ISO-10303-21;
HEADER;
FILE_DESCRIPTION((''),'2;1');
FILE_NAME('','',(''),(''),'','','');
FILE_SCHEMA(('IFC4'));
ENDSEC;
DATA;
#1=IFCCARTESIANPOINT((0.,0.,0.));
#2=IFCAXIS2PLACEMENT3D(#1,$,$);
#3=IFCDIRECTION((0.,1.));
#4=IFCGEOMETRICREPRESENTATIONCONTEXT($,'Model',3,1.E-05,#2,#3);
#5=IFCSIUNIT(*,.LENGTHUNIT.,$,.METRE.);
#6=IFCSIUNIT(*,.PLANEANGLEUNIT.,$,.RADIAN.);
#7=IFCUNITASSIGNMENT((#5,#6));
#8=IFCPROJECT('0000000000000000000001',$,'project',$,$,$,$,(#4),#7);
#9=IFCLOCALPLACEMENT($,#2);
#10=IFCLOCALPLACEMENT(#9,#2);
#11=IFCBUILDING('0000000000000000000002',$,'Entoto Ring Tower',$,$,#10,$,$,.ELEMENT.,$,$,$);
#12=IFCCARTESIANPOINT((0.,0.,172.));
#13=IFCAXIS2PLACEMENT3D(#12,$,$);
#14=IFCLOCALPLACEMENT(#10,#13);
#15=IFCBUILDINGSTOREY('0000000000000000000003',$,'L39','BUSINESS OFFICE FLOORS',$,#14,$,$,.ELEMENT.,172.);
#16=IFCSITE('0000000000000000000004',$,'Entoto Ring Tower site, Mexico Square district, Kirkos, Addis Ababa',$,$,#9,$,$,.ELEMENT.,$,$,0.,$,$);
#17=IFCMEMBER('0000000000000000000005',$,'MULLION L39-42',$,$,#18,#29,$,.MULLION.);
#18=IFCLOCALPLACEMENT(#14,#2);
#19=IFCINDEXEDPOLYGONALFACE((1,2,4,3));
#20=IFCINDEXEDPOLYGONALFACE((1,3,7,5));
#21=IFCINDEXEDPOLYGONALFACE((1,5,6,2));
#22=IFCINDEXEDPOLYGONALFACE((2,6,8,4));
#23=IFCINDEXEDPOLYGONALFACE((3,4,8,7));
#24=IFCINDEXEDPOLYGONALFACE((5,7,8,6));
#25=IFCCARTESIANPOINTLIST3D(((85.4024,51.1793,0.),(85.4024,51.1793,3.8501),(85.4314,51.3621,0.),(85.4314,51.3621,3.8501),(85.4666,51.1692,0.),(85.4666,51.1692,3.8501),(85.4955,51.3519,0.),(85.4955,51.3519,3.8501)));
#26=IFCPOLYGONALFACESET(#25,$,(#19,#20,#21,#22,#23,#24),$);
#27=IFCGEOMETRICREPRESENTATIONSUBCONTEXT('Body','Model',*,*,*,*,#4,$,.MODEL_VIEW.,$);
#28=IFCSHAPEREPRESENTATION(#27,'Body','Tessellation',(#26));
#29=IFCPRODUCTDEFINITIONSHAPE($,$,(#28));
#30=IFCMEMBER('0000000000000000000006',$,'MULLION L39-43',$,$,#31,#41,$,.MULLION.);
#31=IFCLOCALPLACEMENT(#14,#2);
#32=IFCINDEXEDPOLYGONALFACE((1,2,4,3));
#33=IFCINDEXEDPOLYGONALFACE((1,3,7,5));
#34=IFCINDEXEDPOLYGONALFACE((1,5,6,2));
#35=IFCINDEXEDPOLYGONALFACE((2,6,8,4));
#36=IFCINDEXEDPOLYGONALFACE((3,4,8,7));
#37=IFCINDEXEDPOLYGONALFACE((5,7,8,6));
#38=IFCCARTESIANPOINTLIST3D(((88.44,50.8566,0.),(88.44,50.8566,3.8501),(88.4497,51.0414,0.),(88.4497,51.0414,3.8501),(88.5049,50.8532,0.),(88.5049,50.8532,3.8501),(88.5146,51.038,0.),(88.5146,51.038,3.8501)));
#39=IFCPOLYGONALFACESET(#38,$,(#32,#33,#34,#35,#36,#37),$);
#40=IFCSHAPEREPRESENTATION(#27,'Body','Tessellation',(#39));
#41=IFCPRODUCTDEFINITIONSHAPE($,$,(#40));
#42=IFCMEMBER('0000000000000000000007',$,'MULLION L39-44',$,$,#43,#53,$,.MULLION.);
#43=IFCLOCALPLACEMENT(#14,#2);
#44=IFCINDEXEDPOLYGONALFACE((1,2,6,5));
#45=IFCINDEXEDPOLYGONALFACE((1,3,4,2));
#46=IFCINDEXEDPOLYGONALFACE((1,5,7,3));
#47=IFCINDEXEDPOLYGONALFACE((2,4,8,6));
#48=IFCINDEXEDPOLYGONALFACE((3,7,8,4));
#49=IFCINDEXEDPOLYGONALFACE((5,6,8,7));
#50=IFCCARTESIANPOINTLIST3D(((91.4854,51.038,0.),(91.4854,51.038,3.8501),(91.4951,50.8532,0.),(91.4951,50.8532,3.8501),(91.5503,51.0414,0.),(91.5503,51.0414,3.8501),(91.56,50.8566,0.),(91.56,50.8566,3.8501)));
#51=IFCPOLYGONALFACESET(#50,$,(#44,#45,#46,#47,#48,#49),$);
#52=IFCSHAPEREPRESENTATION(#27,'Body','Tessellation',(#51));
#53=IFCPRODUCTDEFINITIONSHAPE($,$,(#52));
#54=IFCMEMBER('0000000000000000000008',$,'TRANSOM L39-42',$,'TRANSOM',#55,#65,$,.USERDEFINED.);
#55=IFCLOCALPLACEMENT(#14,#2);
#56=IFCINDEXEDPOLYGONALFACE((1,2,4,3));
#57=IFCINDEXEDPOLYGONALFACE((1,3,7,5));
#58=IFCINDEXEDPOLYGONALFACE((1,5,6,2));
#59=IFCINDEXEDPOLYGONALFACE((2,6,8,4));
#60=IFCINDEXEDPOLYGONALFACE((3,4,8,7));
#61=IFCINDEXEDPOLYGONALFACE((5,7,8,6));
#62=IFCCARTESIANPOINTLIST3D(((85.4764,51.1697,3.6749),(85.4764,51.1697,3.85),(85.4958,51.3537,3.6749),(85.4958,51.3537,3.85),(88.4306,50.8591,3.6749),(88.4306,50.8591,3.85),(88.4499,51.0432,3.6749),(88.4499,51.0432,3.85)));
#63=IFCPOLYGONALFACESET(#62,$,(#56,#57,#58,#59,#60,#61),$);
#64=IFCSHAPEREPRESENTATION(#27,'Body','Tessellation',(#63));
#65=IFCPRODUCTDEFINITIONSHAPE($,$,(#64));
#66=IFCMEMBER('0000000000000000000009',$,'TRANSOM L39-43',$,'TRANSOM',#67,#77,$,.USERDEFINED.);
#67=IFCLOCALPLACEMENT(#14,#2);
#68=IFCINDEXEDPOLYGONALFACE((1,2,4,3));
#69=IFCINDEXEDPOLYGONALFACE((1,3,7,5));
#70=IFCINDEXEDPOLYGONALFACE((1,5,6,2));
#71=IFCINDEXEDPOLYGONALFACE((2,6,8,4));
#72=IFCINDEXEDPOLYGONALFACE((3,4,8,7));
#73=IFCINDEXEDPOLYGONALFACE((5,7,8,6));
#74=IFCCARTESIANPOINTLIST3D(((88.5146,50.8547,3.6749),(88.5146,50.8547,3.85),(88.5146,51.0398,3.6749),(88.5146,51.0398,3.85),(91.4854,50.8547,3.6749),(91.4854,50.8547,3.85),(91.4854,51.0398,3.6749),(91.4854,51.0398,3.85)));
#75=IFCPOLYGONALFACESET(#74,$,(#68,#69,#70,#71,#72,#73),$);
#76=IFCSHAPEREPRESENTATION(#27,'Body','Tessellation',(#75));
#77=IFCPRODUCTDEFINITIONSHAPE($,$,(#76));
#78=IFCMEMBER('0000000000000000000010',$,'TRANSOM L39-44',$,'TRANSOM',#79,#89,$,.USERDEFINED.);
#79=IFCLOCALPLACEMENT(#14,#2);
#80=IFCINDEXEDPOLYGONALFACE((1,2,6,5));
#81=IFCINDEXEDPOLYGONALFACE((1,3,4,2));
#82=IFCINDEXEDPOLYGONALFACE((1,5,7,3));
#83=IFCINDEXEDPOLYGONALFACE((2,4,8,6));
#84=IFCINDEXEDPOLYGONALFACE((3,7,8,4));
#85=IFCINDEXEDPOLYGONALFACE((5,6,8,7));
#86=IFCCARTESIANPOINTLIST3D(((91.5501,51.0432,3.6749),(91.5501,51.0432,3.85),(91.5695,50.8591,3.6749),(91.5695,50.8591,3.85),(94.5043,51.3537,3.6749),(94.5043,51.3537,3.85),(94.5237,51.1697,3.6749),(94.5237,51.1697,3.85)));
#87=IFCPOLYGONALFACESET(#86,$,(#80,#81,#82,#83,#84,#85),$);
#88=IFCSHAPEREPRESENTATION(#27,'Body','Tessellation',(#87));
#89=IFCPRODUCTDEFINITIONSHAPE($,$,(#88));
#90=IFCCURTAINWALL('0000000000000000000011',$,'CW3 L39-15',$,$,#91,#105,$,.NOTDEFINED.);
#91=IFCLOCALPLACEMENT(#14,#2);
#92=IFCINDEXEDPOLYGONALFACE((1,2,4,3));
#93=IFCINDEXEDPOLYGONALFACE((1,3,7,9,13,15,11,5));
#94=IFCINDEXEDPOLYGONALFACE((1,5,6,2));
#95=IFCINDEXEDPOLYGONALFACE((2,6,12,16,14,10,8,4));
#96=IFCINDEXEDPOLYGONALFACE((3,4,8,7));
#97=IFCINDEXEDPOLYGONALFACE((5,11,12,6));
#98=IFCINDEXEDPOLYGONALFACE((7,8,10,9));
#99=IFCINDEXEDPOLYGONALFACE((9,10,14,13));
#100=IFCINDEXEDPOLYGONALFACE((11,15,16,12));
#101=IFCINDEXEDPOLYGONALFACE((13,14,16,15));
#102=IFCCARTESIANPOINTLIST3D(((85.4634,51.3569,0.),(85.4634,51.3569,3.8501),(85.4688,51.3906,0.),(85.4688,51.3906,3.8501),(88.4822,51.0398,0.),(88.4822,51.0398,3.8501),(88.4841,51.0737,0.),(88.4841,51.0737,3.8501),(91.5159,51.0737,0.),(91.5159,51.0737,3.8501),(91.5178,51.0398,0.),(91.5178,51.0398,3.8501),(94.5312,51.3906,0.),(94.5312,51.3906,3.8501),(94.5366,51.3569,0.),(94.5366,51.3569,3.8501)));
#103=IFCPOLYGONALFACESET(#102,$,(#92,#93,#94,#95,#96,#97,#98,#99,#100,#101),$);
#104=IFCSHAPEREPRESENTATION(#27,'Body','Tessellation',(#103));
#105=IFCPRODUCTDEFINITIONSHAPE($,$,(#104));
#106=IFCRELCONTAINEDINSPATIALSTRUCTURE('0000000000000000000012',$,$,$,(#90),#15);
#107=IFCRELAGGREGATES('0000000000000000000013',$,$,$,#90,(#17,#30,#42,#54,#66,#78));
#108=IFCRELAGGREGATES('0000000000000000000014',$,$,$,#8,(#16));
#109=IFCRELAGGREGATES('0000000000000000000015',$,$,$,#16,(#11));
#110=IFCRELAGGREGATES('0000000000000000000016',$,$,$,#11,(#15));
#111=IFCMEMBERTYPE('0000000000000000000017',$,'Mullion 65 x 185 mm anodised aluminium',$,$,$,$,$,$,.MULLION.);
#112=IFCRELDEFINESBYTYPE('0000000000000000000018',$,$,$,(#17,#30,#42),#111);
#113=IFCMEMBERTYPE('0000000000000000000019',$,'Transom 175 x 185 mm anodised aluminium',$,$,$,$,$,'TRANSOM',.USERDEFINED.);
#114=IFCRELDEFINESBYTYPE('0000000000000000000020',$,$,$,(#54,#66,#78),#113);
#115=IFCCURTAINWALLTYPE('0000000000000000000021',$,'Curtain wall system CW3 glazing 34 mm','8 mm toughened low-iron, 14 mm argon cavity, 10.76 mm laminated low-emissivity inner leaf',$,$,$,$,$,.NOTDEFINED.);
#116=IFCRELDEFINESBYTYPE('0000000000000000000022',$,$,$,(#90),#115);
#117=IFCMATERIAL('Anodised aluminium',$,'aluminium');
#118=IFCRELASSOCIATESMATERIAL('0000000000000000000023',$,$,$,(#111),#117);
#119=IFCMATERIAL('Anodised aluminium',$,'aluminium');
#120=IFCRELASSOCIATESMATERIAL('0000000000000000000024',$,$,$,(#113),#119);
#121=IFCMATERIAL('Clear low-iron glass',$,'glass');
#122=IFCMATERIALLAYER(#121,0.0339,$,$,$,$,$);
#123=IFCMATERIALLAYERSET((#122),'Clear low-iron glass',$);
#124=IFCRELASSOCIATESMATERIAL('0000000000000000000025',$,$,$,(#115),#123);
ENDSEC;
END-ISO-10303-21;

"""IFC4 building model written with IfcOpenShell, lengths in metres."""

from ifc_helpers import new_model, si_unit, direction, frame, origin, origin_2d, place, context, subcontext, project, spatial, polyline, rectangle, outline, extrude, material, layer, layer_set, material_profile, profile_set, type_object, element, aggregate, save


model = new_model("IFC4")

# Units and contexts
model_context = context("Model", 3, precision=1e-05, world=origin(), true_north=direction((0.0, 1.0)))
body_context = subcontext(model_context, "Body", "Model", "MODEL_VIEW")
ifc_project = project(units=[si_unit("LENGTHUNIT", "METRE"), si_unit("PLANEANGLEUNIT", "RADIAN")], contexts=[model_context])

# Members
ifc_material_1 = material(Name="Anodised aluminium", Category="aluminium")
ifc_material_profile_1 = material_profile(ifc_material_1, rectangle(XDim=0.0649, YDim=0.1851, at=origin_2d()), Name="Mullion 65 x 185 mm anodised aluminium")
ifc_profile_set_1 = profile_set([ifc_material_profile_1], Name="Anodised aluminium")
member_type_1 = type_object("IfcMemberType", Name="Mullion 65 x 185 mm anodised aluminium", PredefinedType="MULLION", material=ifc_profile_set_1)
site_placement = place(None, origin())
building_placement = place(site_placement, origin())
storey_placement = place(building_placement, frame((0.0, 0.0, 172.0)))
member_1_placement = place(storey_placement, frame((85.449, 51.2656, 0.0), z_axis=(0.0, 0.0, 1.0), x_axis=(0.987688, -0.156434, 0.0)))
member_1 = element("IfcMember", 1, at=member_1_placement, type_object=member_type_1, Name="MULLION L39-42", PredefinedType="MULLION", context=body_context, shape_type="SweptSolid", body=[
    extrude(rectangle(XDim=0.0649, YDim=0.1851, at=origin_2d()), origin(), (0.0, 0.0, 1.0), 3.8501),
])
member_2_placement = place(storey_placement, frame((88.4773, 50.9473, 0.0), z_axis=(0.0, 0.0, 1.0), x_axis=(0.99863, -0.052336, 0.0)))
member_2 = element("IfcMember", 2, at=member_2_placement, type_object=member_type_1, Name="MULLION L39-43", PredefinedType="MULLION", context=body_context, shape_type="SweptSolid", body=[
    extrude(rectangle(XDim=0.0649, YDim=0.1851, at=origin_2d()), origin(), (0.0, 0.0, 1.0), 3.8501),
])
member_3_placement = place(storey_placement, frame((91.5227, 50.9473, 0.0), z_axis=(0.0, 0.0, 1.0), x_axis=(0.99863, 0.052336, 0.0)))
member_3 = element("IfcMember", 3, at=member_3_placement, type_object=member_type_1, Name="MULLION L39-44", PredefinedType="MULLION", context=body_context, shape_type="SweptSolid", body=[
    extrude(rectangle(XDim=0.0649, YDim=0.1851, at=origin_2d()), origin(), (0.0, 0.0, 1.0), 3.8501),
])
ifc_material_2 = material(Name="Anodised aluminium", Category="aluminium")
ifc_material_profile_2 = material_profile(ifc_material_2, rectangle(XDim=0.1851, YDim=0.175, at=origin_2d()), Name="Transom 175 x 185 mm anodised aluminium")
ifc_profile_set_2 = profile_set([ifc_material_profile_2], Name="Anodised aluminium")
member_type_2 = type_object("IfcMemberType", Name="Transom 175 x 185 mm anodised aluminium", ElementType="TRANSOM", PredefinedType="USERDEFINED", material=ifc_profile_set_2)
member_4_placement = place(storey_placement, frame((85.4861, 51.2617, 3.7625), z_axis=(0.99452, -0.104548, 0.0), x_axis=(0.104548, 0.99452, 0.0)))
member_4 = element("IfcMember", 4, at=member_4_placement, type_object=member_type_2, Name="TRANSOM L39-42", ObjectType="TRANSOM", PredefinedType="USERDEFINED", context=body_context, shape_type="SweptSolid", body=[
    extrude(rectangle(XDim=0.1851, YDim=0.175, at=origin_2d()), origin(), (0.0, 0.0, 1.0), 2.9705),
])
member_5_placement = place(storey_placement, frame((88.5146, 50.9473, 3.7625), z_axis=(1.0, 0.0, 0.0), x_axis=(0.0, 1.0, 0.0)))
member_5 = element("IfcMember", 5, at=member_5_placement, type_object=member_type_2, Name="TRANSOM L39-43", ObjectType="TRANSOM", PredefinedType="USERDEFINED", context=body_context, shape_type="SweptSolid", body=[
    extrude(rectangle(XDim=0.1851, YDim=0.175, at=origin_2d()), origin(), (0.0, 0.0, 1.0), 2.9707),
])
member_6_placement = place(storey_placement, frame((91.5598, 50.9512, 3.7625), z_axis=(0.99452, 0.104548, 0.0), x_axis=(-0.104548, 0.99452, 0.0)))
member_6 = element("IfcMember", 6, at=member_6_placement, type_object=member_type_2, Name="TRANSOM L39-44", ObjectType="TRANSOM", PredefinedType="USERDEFINED", context=body_context, shape_type="SweptSolid", body=[
    extrude(rectangle(XDim=0.1851, YDim=0.175, at=origin_2d()), origin(), (0.0, 0.0, 1.0), 2.9705),
])

# Site, building, storey
site = spatial("IfcSite", under=ifc_project, at=site_placement, Name="Entoto Ring Tower site, Mexico Square district, Kirkos, Addis Ababa", CompositionType="ELEMENT", RefElevation=0.0)
building = spatial("IfcBuilding", under=site, at=building_placement, Name="Entoto Ring Tower", CompositionType="ELEMENT")
storey = spatial("IfcBuildingStorey", under=building, at=storey_placement, Name="L39", Description="BUSINESS OFFICE FLOORS", CompositionType="ELEMENT", Elevation=172.0)

# Curtain wall
ifc_material_3 = material(Name="Clear low-iron glass", Category="glass")
ifc_layer = layer(ifc_material_3, 0.0339)
ifc_layer_set = layer_set([ifc_layer], Name="Clear low-iron glass")
curtain_wall_type = type_object("IfcCurtainWallType", Name="Curtain wall system CW3 glazing 34 mm", Description="8 mm toughened low-iron, 14 mm argon cavity, 10.76 mm laminated low-emissivity inner leaf", PredefinedType="NOTDEFINED", material=ifc_layer_set)
curtain_wall_1_placement = place(storey_placement, origin())
curtain_wall_1 = element("IfcCurtainWall", 7, at=curtain_wall_1_placement, inside=storey, type_object=curtain_wall_type, Name="CW3 L39-15", PredefinedType="NOTDEFINED", context=body_context, shape_type="SweptSolid", body=[
    extrude(outline(polyline([(85.4634, 51.3569), (88.4822, 51.0398), (91.5178, 51.0398), (94.5366, 51.3569), (94.5312, 51.3906), (91.5159, 51.0737), (88.4841, 51.0737), (85.4688, 51.3906), (85.4634, 51.3569)])), origin(), (0.0, 0.0, 1.0), 3.8501),
])
aggregate(curtain_wall_1, [member_1, member_2, member_3, member_4, member_5, member_6])

save(model, "model.ifc")
